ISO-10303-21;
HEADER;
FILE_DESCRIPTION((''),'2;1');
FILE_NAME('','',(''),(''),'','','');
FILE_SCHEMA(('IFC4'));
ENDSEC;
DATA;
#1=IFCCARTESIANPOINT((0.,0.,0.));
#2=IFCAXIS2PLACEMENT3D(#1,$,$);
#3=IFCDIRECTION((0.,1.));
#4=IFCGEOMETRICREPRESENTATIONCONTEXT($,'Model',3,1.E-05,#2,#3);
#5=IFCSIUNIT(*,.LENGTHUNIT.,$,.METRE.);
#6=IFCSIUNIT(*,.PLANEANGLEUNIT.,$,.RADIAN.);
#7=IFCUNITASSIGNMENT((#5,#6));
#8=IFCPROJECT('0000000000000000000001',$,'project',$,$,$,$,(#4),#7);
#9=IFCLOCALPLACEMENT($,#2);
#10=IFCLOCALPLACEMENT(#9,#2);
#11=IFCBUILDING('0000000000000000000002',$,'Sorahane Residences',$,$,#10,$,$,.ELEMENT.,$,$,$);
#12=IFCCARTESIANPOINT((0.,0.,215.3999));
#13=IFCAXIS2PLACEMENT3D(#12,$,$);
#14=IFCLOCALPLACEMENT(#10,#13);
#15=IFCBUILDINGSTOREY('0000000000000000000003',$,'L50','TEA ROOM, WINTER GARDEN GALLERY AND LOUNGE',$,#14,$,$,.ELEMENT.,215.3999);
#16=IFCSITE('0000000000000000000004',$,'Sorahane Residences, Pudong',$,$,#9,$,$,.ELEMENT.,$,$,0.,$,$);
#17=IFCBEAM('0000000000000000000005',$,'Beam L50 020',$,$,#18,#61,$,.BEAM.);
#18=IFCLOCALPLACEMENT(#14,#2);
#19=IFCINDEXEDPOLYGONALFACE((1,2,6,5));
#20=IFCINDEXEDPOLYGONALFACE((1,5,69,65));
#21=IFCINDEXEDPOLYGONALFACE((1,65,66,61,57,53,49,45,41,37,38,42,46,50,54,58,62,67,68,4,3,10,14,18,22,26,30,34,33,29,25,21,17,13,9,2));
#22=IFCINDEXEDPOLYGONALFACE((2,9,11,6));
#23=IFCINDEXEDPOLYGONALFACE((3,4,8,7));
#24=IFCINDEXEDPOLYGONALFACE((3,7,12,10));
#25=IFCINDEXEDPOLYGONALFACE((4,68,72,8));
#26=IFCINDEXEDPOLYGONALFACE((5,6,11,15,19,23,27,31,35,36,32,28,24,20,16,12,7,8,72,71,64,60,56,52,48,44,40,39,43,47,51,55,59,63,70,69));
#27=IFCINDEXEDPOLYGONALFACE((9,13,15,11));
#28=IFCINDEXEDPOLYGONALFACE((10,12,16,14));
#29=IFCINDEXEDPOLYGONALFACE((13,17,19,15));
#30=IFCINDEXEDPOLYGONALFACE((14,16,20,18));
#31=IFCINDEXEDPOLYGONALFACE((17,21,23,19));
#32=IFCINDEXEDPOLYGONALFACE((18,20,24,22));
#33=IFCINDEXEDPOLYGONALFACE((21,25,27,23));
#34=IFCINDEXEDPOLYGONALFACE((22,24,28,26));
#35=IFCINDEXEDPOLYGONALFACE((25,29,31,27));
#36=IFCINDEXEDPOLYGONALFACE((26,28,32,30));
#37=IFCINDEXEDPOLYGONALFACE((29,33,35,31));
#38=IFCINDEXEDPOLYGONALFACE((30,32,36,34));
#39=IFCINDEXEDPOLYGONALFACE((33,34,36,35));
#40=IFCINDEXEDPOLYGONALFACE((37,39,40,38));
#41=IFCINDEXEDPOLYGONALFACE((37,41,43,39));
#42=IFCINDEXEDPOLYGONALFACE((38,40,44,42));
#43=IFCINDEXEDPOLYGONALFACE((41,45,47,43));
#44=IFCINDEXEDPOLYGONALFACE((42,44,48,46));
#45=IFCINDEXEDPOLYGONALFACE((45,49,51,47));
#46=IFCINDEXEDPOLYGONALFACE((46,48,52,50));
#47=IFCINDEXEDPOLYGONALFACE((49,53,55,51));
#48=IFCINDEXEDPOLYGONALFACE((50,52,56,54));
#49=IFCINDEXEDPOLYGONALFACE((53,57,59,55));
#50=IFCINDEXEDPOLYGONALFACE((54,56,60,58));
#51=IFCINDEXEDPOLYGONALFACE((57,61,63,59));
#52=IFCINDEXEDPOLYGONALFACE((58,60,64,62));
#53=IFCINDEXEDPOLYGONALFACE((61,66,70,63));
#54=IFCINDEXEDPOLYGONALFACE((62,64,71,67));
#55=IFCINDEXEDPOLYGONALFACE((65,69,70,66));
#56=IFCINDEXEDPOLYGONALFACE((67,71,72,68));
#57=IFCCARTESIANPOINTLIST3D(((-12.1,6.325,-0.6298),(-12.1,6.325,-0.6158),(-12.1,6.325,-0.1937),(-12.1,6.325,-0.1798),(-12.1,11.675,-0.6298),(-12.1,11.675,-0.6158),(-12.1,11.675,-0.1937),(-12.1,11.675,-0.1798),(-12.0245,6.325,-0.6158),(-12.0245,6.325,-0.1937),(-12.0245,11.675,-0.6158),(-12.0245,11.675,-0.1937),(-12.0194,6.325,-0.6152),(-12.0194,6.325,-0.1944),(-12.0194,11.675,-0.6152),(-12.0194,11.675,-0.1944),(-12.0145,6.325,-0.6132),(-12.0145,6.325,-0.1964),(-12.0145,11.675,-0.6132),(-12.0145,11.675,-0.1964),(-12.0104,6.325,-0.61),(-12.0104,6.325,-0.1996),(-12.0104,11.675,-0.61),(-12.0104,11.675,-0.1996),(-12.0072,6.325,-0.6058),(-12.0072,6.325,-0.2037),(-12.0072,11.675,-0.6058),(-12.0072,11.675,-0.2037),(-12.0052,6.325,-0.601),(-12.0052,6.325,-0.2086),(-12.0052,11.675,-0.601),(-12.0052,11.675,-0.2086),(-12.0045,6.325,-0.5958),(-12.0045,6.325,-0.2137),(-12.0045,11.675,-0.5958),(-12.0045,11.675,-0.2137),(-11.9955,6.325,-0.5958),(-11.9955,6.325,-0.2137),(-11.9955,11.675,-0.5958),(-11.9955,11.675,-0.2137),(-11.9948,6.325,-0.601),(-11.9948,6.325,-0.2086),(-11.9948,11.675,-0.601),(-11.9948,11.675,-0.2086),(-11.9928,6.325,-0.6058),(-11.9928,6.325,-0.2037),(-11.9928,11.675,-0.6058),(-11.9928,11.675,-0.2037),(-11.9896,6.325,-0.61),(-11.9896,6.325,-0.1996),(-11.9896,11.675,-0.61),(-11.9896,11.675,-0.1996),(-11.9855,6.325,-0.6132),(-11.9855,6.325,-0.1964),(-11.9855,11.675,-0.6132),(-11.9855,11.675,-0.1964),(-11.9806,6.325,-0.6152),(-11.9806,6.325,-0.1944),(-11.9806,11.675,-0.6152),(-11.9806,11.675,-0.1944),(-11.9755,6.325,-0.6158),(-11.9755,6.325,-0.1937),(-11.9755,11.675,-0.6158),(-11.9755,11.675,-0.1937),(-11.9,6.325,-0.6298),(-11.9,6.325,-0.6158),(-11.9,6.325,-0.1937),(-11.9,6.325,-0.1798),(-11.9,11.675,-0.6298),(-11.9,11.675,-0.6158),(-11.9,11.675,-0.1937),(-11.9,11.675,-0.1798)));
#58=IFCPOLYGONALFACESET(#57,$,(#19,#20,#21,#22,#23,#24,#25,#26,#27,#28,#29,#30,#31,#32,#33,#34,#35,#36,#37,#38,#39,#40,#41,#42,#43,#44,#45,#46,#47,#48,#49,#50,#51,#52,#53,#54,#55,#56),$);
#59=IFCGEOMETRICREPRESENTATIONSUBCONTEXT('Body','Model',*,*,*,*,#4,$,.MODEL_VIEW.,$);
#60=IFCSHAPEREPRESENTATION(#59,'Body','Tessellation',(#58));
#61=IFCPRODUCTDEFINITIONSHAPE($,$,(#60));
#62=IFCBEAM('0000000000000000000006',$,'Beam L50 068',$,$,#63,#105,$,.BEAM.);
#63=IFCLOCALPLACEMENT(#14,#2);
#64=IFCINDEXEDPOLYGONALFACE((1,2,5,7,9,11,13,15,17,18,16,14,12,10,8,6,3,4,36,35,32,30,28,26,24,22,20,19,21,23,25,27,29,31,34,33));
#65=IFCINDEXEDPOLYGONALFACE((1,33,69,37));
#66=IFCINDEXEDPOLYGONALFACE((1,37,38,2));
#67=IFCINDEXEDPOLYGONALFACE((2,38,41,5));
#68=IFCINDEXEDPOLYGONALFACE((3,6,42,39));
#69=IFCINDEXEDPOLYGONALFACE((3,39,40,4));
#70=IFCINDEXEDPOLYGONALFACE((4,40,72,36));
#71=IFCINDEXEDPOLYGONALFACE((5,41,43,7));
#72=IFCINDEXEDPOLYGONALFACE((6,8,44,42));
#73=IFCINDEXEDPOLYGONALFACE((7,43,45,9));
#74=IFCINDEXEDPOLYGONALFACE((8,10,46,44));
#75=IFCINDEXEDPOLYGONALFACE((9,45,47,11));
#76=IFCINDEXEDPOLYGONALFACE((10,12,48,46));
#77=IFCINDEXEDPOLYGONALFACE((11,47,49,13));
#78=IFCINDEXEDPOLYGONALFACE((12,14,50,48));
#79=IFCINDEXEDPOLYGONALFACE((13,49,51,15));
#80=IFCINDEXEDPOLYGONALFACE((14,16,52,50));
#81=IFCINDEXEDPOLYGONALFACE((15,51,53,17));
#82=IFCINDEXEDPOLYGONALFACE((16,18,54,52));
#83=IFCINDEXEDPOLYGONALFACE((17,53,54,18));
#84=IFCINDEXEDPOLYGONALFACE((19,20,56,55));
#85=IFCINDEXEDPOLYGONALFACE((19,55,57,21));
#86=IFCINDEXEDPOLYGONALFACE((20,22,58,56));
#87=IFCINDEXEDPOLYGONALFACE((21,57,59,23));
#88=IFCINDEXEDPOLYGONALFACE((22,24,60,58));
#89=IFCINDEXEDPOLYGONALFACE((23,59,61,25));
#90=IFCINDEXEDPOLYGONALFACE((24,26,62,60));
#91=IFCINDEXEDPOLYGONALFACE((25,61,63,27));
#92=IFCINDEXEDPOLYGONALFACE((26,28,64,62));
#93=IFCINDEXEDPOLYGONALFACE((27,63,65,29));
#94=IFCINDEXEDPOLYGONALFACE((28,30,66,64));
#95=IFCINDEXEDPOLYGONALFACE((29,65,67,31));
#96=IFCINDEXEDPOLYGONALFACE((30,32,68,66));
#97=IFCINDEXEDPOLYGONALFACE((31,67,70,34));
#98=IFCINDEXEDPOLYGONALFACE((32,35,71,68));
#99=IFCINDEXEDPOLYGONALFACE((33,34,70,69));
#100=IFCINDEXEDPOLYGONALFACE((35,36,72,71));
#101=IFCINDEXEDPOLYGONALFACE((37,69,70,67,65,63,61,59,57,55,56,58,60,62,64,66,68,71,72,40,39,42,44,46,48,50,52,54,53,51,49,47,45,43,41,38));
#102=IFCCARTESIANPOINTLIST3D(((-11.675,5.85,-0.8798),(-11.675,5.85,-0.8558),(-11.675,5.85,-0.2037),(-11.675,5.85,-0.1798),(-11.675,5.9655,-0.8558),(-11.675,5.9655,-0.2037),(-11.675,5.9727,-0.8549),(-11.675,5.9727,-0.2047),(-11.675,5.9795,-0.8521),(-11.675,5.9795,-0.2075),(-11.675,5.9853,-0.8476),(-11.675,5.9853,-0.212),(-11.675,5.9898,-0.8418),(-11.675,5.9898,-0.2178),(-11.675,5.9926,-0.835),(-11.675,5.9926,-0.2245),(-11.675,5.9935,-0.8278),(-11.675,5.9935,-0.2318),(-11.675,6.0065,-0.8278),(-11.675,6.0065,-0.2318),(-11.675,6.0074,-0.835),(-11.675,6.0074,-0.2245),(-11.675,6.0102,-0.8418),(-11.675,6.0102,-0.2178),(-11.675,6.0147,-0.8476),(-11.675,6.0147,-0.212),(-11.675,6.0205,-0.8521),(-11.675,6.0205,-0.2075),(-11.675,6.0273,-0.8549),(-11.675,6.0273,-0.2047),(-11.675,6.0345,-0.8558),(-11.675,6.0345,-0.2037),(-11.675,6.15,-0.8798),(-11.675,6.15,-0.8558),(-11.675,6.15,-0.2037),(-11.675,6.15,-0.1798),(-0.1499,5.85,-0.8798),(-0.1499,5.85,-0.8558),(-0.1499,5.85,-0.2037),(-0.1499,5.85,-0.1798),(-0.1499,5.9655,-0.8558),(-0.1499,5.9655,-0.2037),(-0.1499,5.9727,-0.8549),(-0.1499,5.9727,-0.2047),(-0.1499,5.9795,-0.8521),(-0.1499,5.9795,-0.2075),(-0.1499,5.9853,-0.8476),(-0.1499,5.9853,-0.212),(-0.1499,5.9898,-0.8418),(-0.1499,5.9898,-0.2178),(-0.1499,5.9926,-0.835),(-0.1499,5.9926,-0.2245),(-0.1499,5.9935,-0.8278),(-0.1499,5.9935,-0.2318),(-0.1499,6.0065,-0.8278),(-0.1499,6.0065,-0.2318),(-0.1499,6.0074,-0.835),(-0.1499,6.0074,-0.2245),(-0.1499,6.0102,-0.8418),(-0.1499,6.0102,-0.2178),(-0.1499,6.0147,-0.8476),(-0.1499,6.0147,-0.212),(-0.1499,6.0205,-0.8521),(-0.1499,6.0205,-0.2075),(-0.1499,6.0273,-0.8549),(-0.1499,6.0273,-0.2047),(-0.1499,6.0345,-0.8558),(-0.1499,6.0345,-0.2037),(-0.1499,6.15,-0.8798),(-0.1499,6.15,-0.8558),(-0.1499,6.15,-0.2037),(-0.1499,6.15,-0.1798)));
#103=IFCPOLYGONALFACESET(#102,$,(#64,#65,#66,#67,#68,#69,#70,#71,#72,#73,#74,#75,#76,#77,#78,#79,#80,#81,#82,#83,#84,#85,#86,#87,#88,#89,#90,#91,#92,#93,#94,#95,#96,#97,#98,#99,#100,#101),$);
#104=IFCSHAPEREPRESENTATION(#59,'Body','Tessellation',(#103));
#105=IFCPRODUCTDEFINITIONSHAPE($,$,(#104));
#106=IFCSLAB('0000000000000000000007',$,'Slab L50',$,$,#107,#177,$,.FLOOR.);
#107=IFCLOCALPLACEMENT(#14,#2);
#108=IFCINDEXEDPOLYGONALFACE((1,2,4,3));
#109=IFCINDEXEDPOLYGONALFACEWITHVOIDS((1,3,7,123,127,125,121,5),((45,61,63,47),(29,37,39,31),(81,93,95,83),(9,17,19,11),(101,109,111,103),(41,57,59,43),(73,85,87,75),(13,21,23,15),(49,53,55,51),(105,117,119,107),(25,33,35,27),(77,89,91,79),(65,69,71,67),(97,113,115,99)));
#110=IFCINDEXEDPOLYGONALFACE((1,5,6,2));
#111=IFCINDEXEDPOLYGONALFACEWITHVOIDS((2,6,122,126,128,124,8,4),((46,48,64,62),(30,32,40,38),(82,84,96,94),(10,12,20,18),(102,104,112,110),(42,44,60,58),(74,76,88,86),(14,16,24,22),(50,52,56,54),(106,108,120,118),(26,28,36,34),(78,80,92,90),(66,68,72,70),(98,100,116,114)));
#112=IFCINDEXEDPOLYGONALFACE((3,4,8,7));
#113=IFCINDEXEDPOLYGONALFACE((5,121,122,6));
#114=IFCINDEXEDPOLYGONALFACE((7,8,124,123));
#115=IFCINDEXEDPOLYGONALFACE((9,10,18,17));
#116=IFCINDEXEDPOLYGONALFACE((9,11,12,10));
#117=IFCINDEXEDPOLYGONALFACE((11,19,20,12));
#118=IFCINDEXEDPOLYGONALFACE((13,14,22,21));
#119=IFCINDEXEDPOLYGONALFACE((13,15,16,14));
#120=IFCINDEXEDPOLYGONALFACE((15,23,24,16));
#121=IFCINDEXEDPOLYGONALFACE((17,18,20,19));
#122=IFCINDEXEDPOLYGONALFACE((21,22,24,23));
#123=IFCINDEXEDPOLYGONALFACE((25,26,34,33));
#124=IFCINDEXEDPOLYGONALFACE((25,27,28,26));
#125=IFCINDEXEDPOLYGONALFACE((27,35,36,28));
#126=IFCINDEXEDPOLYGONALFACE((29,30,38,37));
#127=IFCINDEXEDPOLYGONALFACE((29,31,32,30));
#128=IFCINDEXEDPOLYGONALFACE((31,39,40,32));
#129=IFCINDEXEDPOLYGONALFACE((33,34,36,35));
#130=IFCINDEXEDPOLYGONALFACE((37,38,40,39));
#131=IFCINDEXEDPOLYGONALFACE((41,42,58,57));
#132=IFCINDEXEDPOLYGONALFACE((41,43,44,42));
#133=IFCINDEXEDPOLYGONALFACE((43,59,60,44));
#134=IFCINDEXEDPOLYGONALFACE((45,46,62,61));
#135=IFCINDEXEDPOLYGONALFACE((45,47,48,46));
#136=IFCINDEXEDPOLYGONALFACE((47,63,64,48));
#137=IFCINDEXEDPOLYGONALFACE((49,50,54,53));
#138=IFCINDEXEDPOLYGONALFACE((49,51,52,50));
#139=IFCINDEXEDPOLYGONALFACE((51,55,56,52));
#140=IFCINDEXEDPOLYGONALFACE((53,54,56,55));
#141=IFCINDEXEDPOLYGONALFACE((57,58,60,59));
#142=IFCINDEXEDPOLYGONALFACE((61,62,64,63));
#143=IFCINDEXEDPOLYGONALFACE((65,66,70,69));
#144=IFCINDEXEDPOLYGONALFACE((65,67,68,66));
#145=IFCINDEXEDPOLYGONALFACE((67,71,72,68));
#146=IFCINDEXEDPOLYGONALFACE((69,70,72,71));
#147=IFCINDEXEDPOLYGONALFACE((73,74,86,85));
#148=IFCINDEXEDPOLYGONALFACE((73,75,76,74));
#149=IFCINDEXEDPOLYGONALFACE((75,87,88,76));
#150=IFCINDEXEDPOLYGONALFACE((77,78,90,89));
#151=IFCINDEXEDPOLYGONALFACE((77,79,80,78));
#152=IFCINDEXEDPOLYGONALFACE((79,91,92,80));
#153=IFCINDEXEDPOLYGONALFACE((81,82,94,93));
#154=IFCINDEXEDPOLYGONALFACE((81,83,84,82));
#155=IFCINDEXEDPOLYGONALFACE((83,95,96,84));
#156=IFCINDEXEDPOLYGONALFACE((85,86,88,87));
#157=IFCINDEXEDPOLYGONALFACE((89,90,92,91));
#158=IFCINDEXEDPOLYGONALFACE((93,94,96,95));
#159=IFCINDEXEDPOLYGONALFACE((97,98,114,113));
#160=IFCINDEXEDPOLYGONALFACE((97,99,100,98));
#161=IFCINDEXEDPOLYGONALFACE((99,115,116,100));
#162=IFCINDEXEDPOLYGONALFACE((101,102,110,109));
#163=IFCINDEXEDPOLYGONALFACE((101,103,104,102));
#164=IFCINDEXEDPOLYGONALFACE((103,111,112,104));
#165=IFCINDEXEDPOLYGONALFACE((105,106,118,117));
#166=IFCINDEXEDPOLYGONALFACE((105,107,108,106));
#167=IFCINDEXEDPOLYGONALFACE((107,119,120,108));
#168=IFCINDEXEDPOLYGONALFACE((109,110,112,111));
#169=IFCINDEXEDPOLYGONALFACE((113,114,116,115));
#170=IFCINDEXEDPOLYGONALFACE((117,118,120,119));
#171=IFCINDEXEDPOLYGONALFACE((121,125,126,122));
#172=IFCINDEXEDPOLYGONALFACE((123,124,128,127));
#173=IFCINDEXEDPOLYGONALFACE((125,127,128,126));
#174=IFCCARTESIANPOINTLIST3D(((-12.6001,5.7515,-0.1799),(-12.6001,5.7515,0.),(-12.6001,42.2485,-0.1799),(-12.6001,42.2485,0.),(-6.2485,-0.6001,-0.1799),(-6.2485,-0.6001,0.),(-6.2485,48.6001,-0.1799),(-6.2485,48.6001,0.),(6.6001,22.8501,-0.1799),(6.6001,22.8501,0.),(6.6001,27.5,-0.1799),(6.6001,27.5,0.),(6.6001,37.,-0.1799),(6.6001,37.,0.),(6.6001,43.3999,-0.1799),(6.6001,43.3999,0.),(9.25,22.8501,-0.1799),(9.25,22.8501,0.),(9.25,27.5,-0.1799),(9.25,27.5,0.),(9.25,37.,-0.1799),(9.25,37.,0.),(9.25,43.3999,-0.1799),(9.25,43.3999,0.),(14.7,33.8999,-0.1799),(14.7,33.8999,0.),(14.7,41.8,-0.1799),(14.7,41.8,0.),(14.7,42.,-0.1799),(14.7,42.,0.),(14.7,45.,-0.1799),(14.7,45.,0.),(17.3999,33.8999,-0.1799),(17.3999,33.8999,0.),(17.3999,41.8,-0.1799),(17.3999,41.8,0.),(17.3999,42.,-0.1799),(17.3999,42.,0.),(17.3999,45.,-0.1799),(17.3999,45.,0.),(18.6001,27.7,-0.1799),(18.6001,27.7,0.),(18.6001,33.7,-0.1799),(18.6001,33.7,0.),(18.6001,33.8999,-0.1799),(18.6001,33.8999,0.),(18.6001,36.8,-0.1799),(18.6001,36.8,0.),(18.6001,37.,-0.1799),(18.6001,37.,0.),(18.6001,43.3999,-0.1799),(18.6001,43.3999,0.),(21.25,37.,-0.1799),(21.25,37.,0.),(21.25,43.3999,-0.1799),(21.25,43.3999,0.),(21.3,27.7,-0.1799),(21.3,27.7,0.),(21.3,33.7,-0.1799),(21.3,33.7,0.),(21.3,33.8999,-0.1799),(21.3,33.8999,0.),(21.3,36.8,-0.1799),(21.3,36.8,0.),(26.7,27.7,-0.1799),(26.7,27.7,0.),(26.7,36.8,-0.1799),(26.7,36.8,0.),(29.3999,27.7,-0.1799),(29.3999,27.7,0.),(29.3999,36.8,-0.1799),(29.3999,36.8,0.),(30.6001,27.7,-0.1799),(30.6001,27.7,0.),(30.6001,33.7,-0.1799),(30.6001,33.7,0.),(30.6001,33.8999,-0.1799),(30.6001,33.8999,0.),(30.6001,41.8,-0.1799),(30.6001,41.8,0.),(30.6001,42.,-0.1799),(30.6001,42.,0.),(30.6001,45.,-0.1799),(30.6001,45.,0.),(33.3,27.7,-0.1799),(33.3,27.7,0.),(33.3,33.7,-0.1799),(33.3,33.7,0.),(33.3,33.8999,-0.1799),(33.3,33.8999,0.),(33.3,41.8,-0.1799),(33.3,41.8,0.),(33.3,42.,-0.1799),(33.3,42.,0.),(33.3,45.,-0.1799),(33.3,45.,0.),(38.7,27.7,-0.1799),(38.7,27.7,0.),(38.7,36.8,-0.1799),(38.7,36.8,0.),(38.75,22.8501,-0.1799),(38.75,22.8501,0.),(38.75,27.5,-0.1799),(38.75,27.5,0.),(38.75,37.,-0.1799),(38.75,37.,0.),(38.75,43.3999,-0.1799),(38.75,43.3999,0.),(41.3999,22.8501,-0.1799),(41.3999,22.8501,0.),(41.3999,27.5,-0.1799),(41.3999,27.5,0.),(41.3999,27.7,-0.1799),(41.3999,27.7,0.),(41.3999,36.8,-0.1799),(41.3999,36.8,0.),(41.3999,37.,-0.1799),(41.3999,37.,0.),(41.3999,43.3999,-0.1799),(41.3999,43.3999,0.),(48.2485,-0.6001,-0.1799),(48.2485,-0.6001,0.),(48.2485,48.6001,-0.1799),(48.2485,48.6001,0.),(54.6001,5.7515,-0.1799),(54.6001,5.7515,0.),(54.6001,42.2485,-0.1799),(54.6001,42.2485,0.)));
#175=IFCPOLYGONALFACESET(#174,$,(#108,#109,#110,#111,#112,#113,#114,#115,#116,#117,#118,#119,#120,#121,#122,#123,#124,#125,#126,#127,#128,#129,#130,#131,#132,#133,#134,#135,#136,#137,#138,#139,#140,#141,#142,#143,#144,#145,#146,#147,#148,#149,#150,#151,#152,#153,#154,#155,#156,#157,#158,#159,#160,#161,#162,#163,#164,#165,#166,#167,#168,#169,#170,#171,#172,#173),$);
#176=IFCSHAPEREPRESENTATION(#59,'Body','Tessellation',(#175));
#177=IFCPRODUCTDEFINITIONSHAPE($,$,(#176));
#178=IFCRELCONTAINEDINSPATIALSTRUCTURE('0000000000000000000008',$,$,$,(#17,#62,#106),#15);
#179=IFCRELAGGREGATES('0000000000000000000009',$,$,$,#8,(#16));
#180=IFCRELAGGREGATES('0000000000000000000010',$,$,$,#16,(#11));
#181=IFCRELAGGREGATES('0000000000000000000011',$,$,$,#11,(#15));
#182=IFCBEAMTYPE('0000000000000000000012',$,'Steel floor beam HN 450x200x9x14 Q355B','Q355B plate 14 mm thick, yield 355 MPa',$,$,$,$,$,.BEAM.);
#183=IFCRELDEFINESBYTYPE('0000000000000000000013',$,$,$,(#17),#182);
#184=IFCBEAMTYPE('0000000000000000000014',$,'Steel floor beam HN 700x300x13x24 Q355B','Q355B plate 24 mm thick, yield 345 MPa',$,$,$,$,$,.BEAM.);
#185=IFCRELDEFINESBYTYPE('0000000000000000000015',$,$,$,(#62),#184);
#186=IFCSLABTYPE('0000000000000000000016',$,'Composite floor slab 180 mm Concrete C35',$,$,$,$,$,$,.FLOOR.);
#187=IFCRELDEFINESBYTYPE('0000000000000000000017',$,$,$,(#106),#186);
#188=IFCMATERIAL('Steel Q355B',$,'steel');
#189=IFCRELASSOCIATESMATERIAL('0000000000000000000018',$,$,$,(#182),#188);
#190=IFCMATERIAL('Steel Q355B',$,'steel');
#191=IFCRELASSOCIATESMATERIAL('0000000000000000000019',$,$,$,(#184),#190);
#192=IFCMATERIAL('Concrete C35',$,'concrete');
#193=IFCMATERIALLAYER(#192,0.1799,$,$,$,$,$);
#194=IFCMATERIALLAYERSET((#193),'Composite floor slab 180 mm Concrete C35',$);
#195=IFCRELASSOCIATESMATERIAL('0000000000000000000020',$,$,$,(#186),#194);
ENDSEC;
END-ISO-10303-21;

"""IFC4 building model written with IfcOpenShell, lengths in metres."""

from ifc_helpers import new_model, si_unit, direction, frame, origin, origin_2d, place, context, subcontext, project, spatial, polyline, i_section, outline, extrude, material, layer, layer_set, material_profile, profile_set, type_object, element, save


model = new_model("IFC4")

# Units and contexts
model_context = context("Model", 3, precision=1e-05, world=origin(), true_north=direction((0.0, 1.0)))
body_context = subcontext(model_context, "Body", "Model", "MODEL_VIEW")
ifc_project = project(units=[si_unit("LENGTHUNIT", "METRE"), si_unit("PLANEANGLEUNIT", "RADIAN")], contexts=[model_context])

# Site, building, storey
site_placement = place(None, origin())
site = spatial("IfcSite", under=ifc_project, at=site_placement, Name="Sorahane Residences, Pudong", CompositionType="ELEMENT", RefElevation=0.0)
building_placement = place(site_placement, origin())
building = spatial("IfcBuilding", under=site, at=building_placement, Name="Sorahane Residences", CompositionType="ELEMENT")
storey_placement = place(building_placement, frame((0.0, 0.0, 215.3999)))
storey = spatial("IfcBuildingStorey", under=building, at=storey_placement, Name="L50", Description="TEA ROOM, WINTER GARDEN GALLERY AND LOUNGE", CompositionType="ELEMENT", Elevation=215.3999)

# Beams
ifc_material_1 = material(Name="Steel Q355B", Category="steel")
ifc_material_profile_1 = material_profile(ifc_material_1, i_section(OverallWidth=0.2, OverallDepth=0.45, WebThickness=0.009, FlangeThickness=0.0139, FilletRadius=0.02, at=origin_2d()), Name="HN 450x200x9x14")
ifc_profile_set_1 = profile_set([ifc_material_profile_1], Name="Steel Q355B")
beam_type_1 = type_object("IfcBeamType", Name="Steel floor beam HN 450x200x9x14 Q355B", Description="Q355B plate 14 mm thick, yield 355 MPa", PredefinedType="BEAM", material=ifc_profile_set_1)
for number, where, z_axis, x_axis, name in (
    (1, (-12.0, 6.325, -0.4048), (0.0, 1.0, 0.0), (-1.0, 0.0, 0.0), "Beam L50 020"),
):
    element("IfcBeam", number, at=place(storey_placement, frame(where, z_axis=z_axis, x_axis=x_axis)), inside=storey, type_object=beam_type_1, Name=name, PredefinedType="BEAM", context=body_context, shape_type="SweptSolid", body=[
        extrude(i_section(OverallWidth=0.2, OverallDepth=0.45, WebThickness=0.009, FlangeThickness=0.0139, FilletRadius=0.02, at=origin_2d()), origin(), (0.0, 0.0, 1.0), 5.3501),
    ])
ifc_material_2 = material(Name="Steel Q355B", Category="steel")
ifc_material_profile_2 = material_profile(ifc_material_2, i_section(OverallWidth=0.3, OverallDepth=0.7, WebThickness=0.0129, FlangeThickness=0.0239, FilletRadius=0.0281, at=origin_2d()), Name="HN 700x300x13x24")
ifc_profile_set_2 = profile_set([ifc_material_profile_2], Name="Steel Q355B")
beam_type_2 = type_object("IfcBeamType", Name="Steel floor beam HN 700x300x13x24 Q355B", Description="Q355B plate 24 mm thick, yield 345 MPa", PredefinedType="BEAM", material=ifc_profile_set_2)
beam_placement = place(storey_placement, frame((-11.675, 6.0, -0.5298), z_axis=(1.0, 0.0, 0.0), x_axis=(0.0, 1.0, 0.0)))
element("IfcBeam", 2, at=beam_placement, inside=storey, type_object=beam_type_2, Name="Beam L50 068", PredefinedType="BEAM", context=body_context, shape_type="SweptSolid", body=[
    extrude(i_section(OverallWidth=0.3, OverallDepth=0.7, WebThickness=0.0129, FlangeThickness=0.0239, FilletRadius=0.0281, at=origin_2d()), origin(), (0.0, 0.0, 1.0), 11.5251),
])

# Slab
ifc_material_3 = material(Name="Concrete C35", Category="concrete")
ifc_layer_1 = layer(ifc_material_3, 0.1799)
ifc_layer_set_1 = layer_set([ifc_layer_1], Name="Composite floor slab 180 mm Concrete C35")
slab_type_1 = type_object("IfcSlabType", Name="Composite floor slab 180 mm Concrete C35", PredefinedType="FLOOR", material=ifc_layer_set_1)
slab_1_placement = place(storey_placement, frame((0.0, 0.0, -0.1799)))
element("IfcSlab", 3, at=slab_1_placement, inside=storey, type_object=slab_type_1, Name="Slab L50", PredefinedType="FLOOR", context=body_context, shape_type="SweptSolid", body=[
    extrude(outline(polyline([(-6.2485, -0.6001), (-12.6001, 5.7515), (-12.6001, 42.2485), (-6.2485, 48.6001), (48.2485, 48.6001), (54.6001, 42.2485), (54.6001, 5.7515), (48.2485, -0.6001), (-6.2485, -0.6001)]), holes=[polyline([(18.6001, 27.7), (21.3, 27.7), (21.3, 33.7), (18.6001, 33.7), (18.6001, 27.7)]), polyline([(38.7, 27.7), (41.3999, 27.7), (41.3999, 36.8), (38.7, 36.8), (38.7, 27.7)]), polyline([(30.6001, 27.7), (33.3, 27.7), (33.3, 33.7), (30.6001, 33.7), (30.6001, 27.7)]), polyline([(30.6001, 42.0), (33.3, 42.0), (33.3, 45.0), (30.6001, 45.0), (30.6001, 42.0)]), polyline([(14.7, 42.0), (17.3999, 42.0), (17.3999, 45.0), (14.7, 45.0), (14.7, 42.0)]), polyline([(6.6001, 43.3999), (6.6001, 37.0), (9.25, 37.0), (9.25, 43.3999), (6.6001, 43.3999)]), polyline([(38.75, 43.3999), (38.75, 37.0), (41.3999, 37.0), (41.3999, 43.3999), (38.75, 43.3999)]), polyline([(18.6001, 43.3999), (18.6001, 37.0), (21.25, 37.0), (21.25, 43.3999), (18.6001, 43.3999)]), polyline([(9.25, 22.8501), (9.25, 27.5), (6.6001, 27.5), (6.6001, 22.8501), (9.25, 22.8501)]), polyline([(41.3999, 22.8501), (41.3999, 27.5), (38.75, 27.5), (38.75, 22.8501), (41.3999, 22.8501)]), polyline([(14.7, 33.8999), (17.3999, 33.8999), (17.3999, 41.8), (14.7, 41.8), (14.7, 33.8999)]), polyline([(30.6001, 33.8999), (33.3, 33.8999), (33.3, 41.8), (30.6001, 41.8), (30.6001, 33.8999)]), polyline([(18.6001, 33.8999), (21.3, 33.8999), (21.3, 36.8), (18.6001, 36.8), (18.6001, 33.8999)]), polyline([(26.7, 27.7), (29.3999, 27.7), (29.3999, 36.8), (26.7, 36.8), (26.7, 27.7)])]), origin(), (0.0, 0.0, 1.0), 0.1799),
])

save(model, "model.ifc")
